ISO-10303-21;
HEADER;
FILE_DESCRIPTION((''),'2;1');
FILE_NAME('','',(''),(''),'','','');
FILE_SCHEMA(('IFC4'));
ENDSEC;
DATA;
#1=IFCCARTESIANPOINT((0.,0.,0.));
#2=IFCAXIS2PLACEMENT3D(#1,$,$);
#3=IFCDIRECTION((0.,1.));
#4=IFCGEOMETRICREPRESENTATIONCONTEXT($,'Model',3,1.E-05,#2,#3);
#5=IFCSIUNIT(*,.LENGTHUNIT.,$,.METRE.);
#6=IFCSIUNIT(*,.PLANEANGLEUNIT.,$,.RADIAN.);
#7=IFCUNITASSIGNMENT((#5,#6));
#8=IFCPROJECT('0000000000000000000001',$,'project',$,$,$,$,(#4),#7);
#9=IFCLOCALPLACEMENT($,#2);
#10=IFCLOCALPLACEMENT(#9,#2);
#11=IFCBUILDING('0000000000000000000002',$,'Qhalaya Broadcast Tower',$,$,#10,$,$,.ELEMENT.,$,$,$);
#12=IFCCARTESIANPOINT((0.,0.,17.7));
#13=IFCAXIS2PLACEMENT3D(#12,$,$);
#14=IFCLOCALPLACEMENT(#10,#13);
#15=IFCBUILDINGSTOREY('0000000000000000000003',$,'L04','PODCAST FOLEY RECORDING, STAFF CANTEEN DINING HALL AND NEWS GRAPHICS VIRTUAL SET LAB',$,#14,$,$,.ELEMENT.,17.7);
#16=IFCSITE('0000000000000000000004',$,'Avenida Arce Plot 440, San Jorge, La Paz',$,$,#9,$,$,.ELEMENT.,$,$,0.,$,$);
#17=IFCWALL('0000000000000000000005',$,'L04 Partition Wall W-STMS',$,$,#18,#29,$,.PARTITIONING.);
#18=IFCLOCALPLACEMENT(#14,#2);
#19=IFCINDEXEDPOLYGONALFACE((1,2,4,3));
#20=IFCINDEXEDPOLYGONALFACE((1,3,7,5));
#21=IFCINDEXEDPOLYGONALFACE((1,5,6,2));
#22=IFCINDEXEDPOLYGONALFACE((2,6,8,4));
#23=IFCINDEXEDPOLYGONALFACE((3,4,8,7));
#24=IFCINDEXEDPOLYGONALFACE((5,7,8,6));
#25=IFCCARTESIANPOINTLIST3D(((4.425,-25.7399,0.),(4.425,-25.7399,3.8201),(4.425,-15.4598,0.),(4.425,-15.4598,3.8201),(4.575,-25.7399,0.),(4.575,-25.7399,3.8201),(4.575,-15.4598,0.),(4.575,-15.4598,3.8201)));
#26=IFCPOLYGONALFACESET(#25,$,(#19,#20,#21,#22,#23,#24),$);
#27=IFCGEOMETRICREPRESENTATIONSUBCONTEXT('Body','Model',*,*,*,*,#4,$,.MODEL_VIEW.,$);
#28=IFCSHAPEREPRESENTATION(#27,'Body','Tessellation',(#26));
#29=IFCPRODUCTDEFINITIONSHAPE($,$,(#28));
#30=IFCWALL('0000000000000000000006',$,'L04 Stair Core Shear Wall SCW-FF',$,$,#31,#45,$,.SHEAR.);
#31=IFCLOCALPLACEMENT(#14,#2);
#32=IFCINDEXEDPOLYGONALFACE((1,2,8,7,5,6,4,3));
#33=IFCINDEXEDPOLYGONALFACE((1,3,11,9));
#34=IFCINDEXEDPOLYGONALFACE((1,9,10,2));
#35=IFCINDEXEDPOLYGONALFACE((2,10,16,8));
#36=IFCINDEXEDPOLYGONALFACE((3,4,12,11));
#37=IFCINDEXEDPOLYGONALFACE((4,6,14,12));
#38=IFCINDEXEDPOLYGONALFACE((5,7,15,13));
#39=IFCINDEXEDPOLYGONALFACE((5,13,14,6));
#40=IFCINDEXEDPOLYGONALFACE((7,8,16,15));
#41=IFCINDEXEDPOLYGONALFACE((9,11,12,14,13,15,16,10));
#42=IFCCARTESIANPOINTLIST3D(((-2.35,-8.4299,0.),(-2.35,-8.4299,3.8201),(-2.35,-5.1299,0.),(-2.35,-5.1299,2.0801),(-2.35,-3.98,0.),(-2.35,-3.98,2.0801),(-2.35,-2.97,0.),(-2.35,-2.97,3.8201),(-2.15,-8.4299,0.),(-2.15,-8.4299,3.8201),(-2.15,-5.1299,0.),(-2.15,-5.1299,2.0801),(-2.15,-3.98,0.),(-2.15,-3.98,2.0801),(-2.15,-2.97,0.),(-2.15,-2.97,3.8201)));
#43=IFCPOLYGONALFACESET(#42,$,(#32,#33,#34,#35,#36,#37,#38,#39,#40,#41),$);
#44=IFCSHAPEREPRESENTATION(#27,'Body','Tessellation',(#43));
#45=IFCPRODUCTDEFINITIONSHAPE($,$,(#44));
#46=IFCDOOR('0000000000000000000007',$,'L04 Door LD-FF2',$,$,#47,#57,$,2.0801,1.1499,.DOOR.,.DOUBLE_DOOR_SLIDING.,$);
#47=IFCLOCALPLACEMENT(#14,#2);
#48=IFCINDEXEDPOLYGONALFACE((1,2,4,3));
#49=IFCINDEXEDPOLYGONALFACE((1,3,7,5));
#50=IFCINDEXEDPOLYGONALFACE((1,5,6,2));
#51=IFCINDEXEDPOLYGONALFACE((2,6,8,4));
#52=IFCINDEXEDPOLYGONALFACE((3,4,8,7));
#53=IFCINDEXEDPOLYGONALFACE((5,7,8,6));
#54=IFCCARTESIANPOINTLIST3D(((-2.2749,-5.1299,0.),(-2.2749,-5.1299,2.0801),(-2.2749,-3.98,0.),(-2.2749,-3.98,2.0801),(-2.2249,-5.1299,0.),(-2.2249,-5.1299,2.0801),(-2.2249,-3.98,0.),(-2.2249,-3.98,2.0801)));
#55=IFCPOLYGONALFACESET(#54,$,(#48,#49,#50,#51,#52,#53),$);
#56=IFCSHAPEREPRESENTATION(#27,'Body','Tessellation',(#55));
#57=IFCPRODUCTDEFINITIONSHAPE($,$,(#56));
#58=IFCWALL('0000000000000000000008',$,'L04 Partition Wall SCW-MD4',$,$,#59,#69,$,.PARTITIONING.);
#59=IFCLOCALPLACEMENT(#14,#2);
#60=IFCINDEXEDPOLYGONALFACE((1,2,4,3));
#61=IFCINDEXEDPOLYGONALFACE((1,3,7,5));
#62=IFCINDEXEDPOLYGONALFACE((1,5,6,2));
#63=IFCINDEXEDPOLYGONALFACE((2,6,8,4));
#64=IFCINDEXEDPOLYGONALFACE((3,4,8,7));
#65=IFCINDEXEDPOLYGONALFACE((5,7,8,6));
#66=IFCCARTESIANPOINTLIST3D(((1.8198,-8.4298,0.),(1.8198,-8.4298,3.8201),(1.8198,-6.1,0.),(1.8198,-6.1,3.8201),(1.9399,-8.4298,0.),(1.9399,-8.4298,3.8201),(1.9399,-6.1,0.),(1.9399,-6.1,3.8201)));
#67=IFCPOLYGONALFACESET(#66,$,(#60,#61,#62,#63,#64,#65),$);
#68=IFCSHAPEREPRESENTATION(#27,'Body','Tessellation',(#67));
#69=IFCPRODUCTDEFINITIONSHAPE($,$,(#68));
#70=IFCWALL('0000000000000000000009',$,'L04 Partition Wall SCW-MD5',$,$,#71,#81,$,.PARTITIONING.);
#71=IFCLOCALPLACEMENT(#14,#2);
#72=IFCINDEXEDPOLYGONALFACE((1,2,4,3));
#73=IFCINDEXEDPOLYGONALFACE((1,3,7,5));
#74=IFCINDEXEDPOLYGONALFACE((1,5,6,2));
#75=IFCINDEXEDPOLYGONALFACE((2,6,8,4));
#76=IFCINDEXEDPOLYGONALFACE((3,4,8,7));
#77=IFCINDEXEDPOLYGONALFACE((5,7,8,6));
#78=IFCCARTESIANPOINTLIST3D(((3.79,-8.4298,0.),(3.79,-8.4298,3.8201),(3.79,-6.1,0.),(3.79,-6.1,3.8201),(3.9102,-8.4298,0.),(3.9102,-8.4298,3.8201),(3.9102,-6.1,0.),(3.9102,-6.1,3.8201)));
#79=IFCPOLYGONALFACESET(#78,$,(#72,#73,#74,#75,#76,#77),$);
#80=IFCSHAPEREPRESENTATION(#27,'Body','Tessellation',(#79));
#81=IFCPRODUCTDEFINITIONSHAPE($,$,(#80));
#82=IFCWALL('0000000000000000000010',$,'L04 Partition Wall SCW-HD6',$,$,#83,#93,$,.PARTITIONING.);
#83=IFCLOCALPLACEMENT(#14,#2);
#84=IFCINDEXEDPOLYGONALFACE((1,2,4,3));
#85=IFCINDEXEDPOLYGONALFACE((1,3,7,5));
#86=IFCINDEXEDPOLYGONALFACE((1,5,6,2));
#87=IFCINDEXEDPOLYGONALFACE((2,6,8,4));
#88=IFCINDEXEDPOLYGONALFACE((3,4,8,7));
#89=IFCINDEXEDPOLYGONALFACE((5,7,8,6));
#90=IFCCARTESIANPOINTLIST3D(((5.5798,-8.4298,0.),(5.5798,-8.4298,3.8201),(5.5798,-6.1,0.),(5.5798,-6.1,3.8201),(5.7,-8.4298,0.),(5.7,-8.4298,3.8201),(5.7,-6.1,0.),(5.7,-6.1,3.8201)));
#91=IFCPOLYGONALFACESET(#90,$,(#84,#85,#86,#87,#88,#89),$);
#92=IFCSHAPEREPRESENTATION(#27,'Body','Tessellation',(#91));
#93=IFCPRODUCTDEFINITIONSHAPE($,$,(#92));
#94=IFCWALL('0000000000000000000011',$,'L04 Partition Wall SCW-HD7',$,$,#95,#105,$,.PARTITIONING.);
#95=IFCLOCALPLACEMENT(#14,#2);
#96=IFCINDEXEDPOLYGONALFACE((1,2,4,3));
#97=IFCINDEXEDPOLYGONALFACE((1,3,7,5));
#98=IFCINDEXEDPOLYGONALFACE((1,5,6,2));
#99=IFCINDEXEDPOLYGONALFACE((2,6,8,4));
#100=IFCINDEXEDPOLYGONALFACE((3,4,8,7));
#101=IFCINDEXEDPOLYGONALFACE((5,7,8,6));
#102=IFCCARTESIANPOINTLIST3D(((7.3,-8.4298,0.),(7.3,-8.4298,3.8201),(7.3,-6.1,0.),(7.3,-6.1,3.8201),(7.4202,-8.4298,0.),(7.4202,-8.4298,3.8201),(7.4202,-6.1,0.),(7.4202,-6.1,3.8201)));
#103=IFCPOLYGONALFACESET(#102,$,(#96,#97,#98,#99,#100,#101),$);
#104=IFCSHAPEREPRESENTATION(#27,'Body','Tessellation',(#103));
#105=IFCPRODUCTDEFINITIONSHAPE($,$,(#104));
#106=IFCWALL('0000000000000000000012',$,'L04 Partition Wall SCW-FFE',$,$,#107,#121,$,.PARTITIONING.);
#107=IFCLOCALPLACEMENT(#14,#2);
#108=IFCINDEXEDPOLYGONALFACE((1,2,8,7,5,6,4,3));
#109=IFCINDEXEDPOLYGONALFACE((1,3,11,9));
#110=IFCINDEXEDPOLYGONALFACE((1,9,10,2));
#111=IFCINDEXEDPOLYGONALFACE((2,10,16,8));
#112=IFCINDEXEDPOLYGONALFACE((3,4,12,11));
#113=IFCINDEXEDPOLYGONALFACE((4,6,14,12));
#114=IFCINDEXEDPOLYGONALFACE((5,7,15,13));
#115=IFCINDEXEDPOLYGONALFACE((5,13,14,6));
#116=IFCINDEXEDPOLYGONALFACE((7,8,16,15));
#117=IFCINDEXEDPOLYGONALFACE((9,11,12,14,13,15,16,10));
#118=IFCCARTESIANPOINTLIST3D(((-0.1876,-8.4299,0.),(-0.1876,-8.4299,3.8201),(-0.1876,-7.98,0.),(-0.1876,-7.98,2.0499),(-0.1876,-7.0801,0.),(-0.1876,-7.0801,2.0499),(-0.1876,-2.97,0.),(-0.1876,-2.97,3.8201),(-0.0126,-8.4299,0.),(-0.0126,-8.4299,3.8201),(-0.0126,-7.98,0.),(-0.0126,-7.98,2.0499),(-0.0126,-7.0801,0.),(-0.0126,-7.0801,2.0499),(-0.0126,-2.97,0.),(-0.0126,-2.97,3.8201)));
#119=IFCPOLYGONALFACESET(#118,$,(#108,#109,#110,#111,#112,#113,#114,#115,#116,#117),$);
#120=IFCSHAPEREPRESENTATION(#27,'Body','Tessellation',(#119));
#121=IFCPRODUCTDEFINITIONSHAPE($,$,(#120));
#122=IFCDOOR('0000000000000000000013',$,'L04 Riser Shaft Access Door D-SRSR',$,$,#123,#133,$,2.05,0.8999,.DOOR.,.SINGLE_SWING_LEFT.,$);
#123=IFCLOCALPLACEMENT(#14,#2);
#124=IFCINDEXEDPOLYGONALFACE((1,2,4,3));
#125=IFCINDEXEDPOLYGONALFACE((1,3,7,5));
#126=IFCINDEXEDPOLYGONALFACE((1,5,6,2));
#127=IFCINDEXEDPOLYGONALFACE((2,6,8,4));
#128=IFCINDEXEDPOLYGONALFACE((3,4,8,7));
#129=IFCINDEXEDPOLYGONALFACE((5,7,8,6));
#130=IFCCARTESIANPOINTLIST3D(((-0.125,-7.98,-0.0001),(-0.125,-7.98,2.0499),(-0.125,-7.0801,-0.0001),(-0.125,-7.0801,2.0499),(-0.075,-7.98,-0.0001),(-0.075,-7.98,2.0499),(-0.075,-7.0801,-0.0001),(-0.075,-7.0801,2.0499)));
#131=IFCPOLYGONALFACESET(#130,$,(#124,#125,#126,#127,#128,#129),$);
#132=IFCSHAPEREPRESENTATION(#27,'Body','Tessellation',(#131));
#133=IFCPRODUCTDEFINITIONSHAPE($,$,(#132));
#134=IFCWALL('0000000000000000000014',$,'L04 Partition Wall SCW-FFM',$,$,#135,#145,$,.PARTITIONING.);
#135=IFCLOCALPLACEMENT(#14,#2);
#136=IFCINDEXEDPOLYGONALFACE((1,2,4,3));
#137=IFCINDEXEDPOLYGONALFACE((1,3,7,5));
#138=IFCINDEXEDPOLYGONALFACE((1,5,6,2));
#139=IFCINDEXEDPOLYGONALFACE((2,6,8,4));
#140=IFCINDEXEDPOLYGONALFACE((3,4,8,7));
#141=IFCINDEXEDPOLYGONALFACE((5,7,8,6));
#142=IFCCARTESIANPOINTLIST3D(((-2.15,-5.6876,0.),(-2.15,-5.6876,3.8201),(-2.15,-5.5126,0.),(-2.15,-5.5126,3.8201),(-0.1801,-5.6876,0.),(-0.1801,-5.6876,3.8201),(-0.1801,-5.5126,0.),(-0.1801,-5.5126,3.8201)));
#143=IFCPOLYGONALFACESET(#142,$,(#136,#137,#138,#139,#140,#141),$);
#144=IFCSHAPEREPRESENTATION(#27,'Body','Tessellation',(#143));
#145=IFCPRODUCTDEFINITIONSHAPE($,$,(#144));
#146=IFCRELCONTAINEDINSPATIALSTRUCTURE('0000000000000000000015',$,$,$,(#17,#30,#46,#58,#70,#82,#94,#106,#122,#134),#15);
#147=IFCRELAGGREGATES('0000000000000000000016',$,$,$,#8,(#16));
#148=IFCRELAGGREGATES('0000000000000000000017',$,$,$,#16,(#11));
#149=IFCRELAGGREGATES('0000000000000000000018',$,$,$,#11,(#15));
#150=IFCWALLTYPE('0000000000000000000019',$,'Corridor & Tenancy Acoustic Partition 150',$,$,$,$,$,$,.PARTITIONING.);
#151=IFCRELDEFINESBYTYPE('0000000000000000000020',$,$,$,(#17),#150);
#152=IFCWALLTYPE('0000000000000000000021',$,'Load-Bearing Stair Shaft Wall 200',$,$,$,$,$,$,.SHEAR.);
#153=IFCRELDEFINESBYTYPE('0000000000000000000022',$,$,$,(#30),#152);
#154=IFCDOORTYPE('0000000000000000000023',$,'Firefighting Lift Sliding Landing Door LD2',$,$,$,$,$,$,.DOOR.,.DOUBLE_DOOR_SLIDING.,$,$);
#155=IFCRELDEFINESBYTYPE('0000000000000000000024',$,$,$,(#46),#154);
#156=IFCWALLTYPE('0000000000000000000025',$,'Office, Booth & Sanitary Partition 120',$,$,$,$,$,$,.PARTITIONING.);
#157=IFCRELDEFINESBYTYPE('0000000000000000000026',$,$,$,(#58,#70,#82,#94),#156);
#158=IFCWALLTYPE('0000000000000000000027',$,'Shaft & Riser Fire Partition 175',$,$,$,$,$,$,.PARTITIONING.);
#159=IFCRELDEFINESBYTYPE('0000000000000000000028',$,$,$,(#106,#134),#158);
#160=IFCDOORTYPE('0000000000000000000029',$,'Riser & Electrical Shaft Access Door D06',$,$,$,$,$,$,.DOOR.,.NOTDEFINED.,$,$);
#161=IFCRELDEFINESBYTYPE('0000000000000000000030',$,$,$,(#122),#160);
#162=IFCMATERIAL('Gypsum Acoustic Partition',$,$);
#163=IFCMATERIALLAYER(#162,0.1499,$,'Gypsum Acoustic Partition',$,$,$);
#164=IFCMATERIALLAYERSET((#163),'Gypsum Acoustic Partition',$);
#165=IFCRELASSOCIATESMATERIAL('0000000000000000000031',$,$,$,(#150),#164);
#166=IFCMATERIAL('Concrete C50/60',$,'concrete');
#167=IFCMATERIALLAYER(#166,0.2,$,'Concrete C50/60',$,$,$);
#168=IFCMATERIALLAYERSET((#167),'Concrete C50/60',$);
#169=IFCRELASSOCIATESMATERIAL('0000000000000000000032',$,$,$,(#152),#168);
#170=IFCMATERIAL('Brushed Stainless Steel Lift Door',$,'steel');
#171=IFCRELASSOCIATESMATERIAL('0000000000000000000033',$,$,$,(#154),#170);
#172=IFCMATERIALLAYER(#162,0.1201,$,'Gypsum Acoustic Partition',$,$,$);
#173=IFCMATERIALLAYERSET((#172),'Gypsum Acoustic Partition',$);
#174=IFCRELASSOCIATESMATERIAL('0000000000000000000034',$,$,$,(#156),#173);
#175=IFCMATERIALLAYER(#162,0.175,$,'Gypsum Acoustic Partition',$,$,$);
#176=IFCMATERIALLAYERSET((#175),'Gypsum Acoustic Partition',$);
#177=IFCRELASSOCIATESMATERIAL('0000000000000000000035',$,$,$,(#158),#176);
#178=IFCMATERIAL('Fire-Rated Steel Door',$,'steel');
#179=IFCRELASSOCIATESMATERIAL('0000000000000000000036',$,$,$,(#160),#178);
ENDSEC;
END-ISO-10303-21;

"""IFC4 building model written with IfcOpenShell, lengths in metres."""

from ifc_helpers import new_model, si_unit, direction, frame, frame_2d, origin, place, context, subcontext, project, spatial, rectangle, extrude, material, layer, layer_set, type_object, element, fill, save


model = new_model("IFC4")

# Units and contexts
model_context = context("Model", 3, precision=1e-05, world=origin(), true_north=direction((0.0, 1.0)))
body_context = subcontext(model_context, "Body", "Model", "MODEL_VIEW")
ifc_project = project(units=[si_unit("LENGTHUNIT", "METRE"), si_unit("PLANEANGLEUNIT", "RADIAN")], contexts=[model_context])

# Site, building, storey
site_placement = place(None, origin())
site = spatial("IfcSite", under=ifc_project, at=site_placement, Name="Avenida Arce Plot 440, San Jorge, La Paz", CompositionType="ELEMENT", RefElevation=0.0)
building_placement = place(site_placement, origin())
building = spatial("IfcBuilding", under=site, at=building_placement, Name="Qhalaya Broadcast Tower", CompositionType="ELEMENT")
storey_placement = place(building_placement, frame((0.0, 0.0, 17.7)))
storey = spatial("IfcBuildingStorey", under=building, at=storey_placement, Name="L04", Description="PODCAST FOLEY RECORDING, STAFF CANTEEN DINING HALL AND NEWS GRAPHICS VIRTUAL SET LAB", CompositionType="ELEMENT", Elevation=17.7)

# Shared definitions
ifc_material_1 = material(Name="Concrete C50/60", Category="concrete")

# Shared definitions
ifc_material_2 = material(Name="Gypsum Acoustic Partition")
ifc_layer_1 = layer(ifc_material_2, 0.1499, Name="Gypsum Acoustic Partition")
ifc_layer_set_1 = layer_set([ifc_layer_1], Name="Gypsum Acoustic Partition")
wall_type_1 = type_object("IfcWallType", Name="Corridor & Tenancy Acoustic Partition 150", PredefinedType="PARTITIONING", material=ifc_layer_set_1)

# Wall
wall_1_placement = place(storey_placement, frame((4.5, -25.74, 0.0), z_axis=(0.0, 0.0, 1.0), x_axis=(0.0, 1.0, 0.0)))
element("IfcWall", 1, at=wall_1_placement, inside=storey, type_object=wall_type_1, Name="L04 Partition Wall W-STMS", PredefinedType="PARTITIONING", context=body_context, shape_type="SweptSolid", body=[
    extrude(rectangle(XDim=10.28, YDim=0.1499, at=frame_2d((5.1401, 0.0))), origin(), (0.0, 0.0, 1.0), 3.8201),
])

# Wall, opening, door
ifc_layer_2 = layer(ifc_material_1, 0.2, Name="Concrete C50/60")
ifc_layer_set_2 = layer_set([ifc_layer_2], Name="Concrete C50/60")
wall_type_2 = type_object("IfcWallType", Name="Load-Bearing Stair Shaft Wall 200", PredefinedType="SHEAR", material=ifc_layer_set_2)
wall_2_placement = place(storey_placement, frame((-2.25, -8.4299, 0.0), z_axis=(0.0, 0.0, 1.0), x_axis=(0.0, 1.0, 0.0)))
wall_2 = element("IfcWall", 2, at=wall_2_placement, inside=storey, type_object=wall_type_2, Name="L04 Stair Core Shear Wall SCW-FF", PredefinedType="SHEAR", context=body_context, shape_type="SweptSolid", body=[
    extrude(rectangle(XDim=5.46, YDim=0.2, at=frame_2d((2.73, 0.0))), origin(), (0.0, 0.0, 1.0), 3.8201),
])
opening_1_placement = place(wall_2_placement, frame((3.3, 0.0, 0.0)))
opening_1 = element("IfcOpeningElement", 3, at=opening_1_placement, cuts=wall_2, PredefinedType="OPENING", context=body_context, shape_type="SweptSolid", body=[
    extrude(rectangle(XDim=1.1499, YDim=2.0801, at=frame_2d((0.575, 1.04))), frame((0.0, 0.1121, 0.0), z_axis=(0.0, -1.0, 0.0), x_axis=(1.0, 0.0, 0.0)), (0.0, 0.0, 1.0), 0.2239),
])
ifc_material_3 = material(Name="Brushed Stainless Steel Lift Door", Category="steel")
door_type_1 = type_object("IfcDoorType", Name="Firefighting Lift Sliding Landing Door LD2", OperationType="DOUBLE_DOOR_SLIDING", PredefinedType="DOOR", material=ifc_material_3)
door_1_placement = place(opening_1_placement, origin())
door_1 = element("IfcDoor", 4, at=door_1_placement, inside=storey, type_object=door_type_1, Name="L04 Door LD-FF2", OperationType="DOUBLE_DOOR_SLIDING", OverallHeight=2.0801, OverallWidth=1.1499, PredefinedType="DOOR", context=body_context, shape_type="SweptSolid", body=[
    extrude(rectangle(XDim=1.1499, YDim=2.0801, at=frame_2d((0.575, 1.04))), frame((0.0, 0.0249, 0.0), z_axis=(0.0, -1.0, 0.0), x_axis=(1.0, 0.0, 0.0)), (0.0, 0.0, 1.0), 0.05),
])
fill(opening_1, door_1)

# Walls
ifc_layer_3 = layer(ifc_material_2, 0.1201, Name="Gypsum Acoustic Partition")
ifc_layer_set_3 = layer_set([ifc_layer_3], Name="Gypsum Acoustic Partition")
wall_type_3 = type_object("IfcWallType", Name="Office, Booth & Sanitary Partition 120", PredefinedType="PARTITIONING", material=ifc_layer_set_3)
for number, where, z_axis, x_axis, name in (
    (5, (1.8799, -8.4299, 0.0), (0.0, 0.0, 1.0), (0.0, 1.0, 0.0), "L04 Partition Wall SCW-MD4"),
    (6, (3.8501, -8.4299, 0.0), (0.0, 0.0, 1.0), (0.0, 1.0, 0.0), "L04 Partition Wall SCW-MD5"),
    (7, (5.6399, -8.4299, 0.0), (0.0, 0.0, 1.0), (0.0, 1.0, 0.0), "L04 Partition Wall SCW-HD6"),
    (8, (7.3601, -8.4299, 0.0), (0.0, 0.0, 1.0), (0.0, 1.0, 0.0), "L04 Partition Wall SCW-HD7"),
):
    element("IfcWall", number, at=place(storey_placement, frame(where, z_axis=z_axis, x_axis=x_axis)), inside=storey, type_object=wall_type_3, Name=name, PredefinedType="PARTITIONING", context=body_context, shape_type="SweptSolid", body=[
        extrude(rectangle(XDim=2.3298, YDim=0.1201, at=frame_2d((1.165, 0.0))), origin(), (0.0, 0.0, 1.0), 3.8201),
    ])

# Wall, opening, door
ifc_layer_4 = layer(ifc_material_2, 0.175, Name="Gypsum Acoustic Partition")
ifc_layer_set_4 = layer_set([ifc_layer_4], Name="Gypsum Acoustic Partition")
wall_type_4 = type_object("IfcWallType", Name="Shaft & Riser Fire Partition 175", PredefinedType="PARTITIONING", material=ifc_layer_set_4)
wall_3_placement = place(storey_placement, frame((-0.1001, -8.4299, 0.0), z_axis=(0.0, 0.0, 1.0), x_axis=(0.0, 1.0, 0.0)))
wall_3 = element("IfcWall", 9, at=wall_3_placement, inside=storey, type_object=wall_type_4, Name="L04 Partition Wall SCW-FFE", PredefinedType="PARTITIONING", context=body_context, shape_type="SweptSolid", body=[
    extrude(rectangle(XDim=5.46, YDim=0.175, at=frame_2d((2.73, 0.0))), origin(), (0.0, 0.0, 1.0), 3.8201),
])
opening_2_placement = place(wall_3_placement, frame((0.45, 0.0, 0.0)))
opening_2 = element("IfcOpeningElement", 10, at=opening_2_placement, cuts=wall_3, PredefinedType="OPENING", context=body_context, shape_type="SweptSolid", body=[
    extrude(rectangle(XDim=0.8999, YDim=2.05, at=frame_2d((0.45, 1.0249))), frame((0.0, 0.0996, 0.0), z_axis=(0.0, -1.0, 0.0), x_axis=(1.0, 0.0, 0.0)), (0.0, 0.0, 1.0), 0.199),
])
ifc_material_4 = material(Name="Fire-Rated Steel Door", Category="steel")
door_type_2 = type_object("IfcDoorType", Name="Riser & Electrical Shaft Access Door D06", OperationType="NOTDEFINED", PredefinedType="DOOR", material=ifc_material_4)
door_2_placement = place(opening_2_placement, origin())
door_2 = element("IfcDoor", 11, at=door_2_placement, inside=storey, type_object=door_type_2, Name="L04 Riser Shaft Access Door D-SRSR", OperationType="SINGLE_SWING_LEFT", OverallHeight=2.05, OverallWidth=0.8999, PredefinedType="DOOR", context=body_context, shape_type="SweptSolid", body=[
    extrude(rectangle(XDim=0.8999, YDim=2.05, at=frame_2d((0.45, 1.0249))), frame((0.0, 0.0249, 0.0), z_axis=(0.0, -1.0, 0.0), x_axis=(1.0, 0.0, 0.0)), (0.0, 0.0, 1.0), 0.05),
])
fill(opening_2, door_2)

# Wall
wall_4_placement = place(storey_placement, frame((-2.1499, -5.6001, 0.0), z_axis=(0.0, 0.0, 1.0), x_axis=(1.0, 0.0, 0.0)))
element("IfcWall", 12, at=wall_4_placement, inside=storey, type_object=wall_type_4, Name="L04 Partition Wall SCW-FFM", PredefinedType="PARTITIONING", context=body_context, shape_type="SweptSolid", body=[
    extrude(rectangle(XDim=1.97, YDim=0.175, at=frame_2d((0.9849, 0.0))), origin(), (0.0, 0.0, 1.0), 3.8201),
])

save(model, "model.ifc")
